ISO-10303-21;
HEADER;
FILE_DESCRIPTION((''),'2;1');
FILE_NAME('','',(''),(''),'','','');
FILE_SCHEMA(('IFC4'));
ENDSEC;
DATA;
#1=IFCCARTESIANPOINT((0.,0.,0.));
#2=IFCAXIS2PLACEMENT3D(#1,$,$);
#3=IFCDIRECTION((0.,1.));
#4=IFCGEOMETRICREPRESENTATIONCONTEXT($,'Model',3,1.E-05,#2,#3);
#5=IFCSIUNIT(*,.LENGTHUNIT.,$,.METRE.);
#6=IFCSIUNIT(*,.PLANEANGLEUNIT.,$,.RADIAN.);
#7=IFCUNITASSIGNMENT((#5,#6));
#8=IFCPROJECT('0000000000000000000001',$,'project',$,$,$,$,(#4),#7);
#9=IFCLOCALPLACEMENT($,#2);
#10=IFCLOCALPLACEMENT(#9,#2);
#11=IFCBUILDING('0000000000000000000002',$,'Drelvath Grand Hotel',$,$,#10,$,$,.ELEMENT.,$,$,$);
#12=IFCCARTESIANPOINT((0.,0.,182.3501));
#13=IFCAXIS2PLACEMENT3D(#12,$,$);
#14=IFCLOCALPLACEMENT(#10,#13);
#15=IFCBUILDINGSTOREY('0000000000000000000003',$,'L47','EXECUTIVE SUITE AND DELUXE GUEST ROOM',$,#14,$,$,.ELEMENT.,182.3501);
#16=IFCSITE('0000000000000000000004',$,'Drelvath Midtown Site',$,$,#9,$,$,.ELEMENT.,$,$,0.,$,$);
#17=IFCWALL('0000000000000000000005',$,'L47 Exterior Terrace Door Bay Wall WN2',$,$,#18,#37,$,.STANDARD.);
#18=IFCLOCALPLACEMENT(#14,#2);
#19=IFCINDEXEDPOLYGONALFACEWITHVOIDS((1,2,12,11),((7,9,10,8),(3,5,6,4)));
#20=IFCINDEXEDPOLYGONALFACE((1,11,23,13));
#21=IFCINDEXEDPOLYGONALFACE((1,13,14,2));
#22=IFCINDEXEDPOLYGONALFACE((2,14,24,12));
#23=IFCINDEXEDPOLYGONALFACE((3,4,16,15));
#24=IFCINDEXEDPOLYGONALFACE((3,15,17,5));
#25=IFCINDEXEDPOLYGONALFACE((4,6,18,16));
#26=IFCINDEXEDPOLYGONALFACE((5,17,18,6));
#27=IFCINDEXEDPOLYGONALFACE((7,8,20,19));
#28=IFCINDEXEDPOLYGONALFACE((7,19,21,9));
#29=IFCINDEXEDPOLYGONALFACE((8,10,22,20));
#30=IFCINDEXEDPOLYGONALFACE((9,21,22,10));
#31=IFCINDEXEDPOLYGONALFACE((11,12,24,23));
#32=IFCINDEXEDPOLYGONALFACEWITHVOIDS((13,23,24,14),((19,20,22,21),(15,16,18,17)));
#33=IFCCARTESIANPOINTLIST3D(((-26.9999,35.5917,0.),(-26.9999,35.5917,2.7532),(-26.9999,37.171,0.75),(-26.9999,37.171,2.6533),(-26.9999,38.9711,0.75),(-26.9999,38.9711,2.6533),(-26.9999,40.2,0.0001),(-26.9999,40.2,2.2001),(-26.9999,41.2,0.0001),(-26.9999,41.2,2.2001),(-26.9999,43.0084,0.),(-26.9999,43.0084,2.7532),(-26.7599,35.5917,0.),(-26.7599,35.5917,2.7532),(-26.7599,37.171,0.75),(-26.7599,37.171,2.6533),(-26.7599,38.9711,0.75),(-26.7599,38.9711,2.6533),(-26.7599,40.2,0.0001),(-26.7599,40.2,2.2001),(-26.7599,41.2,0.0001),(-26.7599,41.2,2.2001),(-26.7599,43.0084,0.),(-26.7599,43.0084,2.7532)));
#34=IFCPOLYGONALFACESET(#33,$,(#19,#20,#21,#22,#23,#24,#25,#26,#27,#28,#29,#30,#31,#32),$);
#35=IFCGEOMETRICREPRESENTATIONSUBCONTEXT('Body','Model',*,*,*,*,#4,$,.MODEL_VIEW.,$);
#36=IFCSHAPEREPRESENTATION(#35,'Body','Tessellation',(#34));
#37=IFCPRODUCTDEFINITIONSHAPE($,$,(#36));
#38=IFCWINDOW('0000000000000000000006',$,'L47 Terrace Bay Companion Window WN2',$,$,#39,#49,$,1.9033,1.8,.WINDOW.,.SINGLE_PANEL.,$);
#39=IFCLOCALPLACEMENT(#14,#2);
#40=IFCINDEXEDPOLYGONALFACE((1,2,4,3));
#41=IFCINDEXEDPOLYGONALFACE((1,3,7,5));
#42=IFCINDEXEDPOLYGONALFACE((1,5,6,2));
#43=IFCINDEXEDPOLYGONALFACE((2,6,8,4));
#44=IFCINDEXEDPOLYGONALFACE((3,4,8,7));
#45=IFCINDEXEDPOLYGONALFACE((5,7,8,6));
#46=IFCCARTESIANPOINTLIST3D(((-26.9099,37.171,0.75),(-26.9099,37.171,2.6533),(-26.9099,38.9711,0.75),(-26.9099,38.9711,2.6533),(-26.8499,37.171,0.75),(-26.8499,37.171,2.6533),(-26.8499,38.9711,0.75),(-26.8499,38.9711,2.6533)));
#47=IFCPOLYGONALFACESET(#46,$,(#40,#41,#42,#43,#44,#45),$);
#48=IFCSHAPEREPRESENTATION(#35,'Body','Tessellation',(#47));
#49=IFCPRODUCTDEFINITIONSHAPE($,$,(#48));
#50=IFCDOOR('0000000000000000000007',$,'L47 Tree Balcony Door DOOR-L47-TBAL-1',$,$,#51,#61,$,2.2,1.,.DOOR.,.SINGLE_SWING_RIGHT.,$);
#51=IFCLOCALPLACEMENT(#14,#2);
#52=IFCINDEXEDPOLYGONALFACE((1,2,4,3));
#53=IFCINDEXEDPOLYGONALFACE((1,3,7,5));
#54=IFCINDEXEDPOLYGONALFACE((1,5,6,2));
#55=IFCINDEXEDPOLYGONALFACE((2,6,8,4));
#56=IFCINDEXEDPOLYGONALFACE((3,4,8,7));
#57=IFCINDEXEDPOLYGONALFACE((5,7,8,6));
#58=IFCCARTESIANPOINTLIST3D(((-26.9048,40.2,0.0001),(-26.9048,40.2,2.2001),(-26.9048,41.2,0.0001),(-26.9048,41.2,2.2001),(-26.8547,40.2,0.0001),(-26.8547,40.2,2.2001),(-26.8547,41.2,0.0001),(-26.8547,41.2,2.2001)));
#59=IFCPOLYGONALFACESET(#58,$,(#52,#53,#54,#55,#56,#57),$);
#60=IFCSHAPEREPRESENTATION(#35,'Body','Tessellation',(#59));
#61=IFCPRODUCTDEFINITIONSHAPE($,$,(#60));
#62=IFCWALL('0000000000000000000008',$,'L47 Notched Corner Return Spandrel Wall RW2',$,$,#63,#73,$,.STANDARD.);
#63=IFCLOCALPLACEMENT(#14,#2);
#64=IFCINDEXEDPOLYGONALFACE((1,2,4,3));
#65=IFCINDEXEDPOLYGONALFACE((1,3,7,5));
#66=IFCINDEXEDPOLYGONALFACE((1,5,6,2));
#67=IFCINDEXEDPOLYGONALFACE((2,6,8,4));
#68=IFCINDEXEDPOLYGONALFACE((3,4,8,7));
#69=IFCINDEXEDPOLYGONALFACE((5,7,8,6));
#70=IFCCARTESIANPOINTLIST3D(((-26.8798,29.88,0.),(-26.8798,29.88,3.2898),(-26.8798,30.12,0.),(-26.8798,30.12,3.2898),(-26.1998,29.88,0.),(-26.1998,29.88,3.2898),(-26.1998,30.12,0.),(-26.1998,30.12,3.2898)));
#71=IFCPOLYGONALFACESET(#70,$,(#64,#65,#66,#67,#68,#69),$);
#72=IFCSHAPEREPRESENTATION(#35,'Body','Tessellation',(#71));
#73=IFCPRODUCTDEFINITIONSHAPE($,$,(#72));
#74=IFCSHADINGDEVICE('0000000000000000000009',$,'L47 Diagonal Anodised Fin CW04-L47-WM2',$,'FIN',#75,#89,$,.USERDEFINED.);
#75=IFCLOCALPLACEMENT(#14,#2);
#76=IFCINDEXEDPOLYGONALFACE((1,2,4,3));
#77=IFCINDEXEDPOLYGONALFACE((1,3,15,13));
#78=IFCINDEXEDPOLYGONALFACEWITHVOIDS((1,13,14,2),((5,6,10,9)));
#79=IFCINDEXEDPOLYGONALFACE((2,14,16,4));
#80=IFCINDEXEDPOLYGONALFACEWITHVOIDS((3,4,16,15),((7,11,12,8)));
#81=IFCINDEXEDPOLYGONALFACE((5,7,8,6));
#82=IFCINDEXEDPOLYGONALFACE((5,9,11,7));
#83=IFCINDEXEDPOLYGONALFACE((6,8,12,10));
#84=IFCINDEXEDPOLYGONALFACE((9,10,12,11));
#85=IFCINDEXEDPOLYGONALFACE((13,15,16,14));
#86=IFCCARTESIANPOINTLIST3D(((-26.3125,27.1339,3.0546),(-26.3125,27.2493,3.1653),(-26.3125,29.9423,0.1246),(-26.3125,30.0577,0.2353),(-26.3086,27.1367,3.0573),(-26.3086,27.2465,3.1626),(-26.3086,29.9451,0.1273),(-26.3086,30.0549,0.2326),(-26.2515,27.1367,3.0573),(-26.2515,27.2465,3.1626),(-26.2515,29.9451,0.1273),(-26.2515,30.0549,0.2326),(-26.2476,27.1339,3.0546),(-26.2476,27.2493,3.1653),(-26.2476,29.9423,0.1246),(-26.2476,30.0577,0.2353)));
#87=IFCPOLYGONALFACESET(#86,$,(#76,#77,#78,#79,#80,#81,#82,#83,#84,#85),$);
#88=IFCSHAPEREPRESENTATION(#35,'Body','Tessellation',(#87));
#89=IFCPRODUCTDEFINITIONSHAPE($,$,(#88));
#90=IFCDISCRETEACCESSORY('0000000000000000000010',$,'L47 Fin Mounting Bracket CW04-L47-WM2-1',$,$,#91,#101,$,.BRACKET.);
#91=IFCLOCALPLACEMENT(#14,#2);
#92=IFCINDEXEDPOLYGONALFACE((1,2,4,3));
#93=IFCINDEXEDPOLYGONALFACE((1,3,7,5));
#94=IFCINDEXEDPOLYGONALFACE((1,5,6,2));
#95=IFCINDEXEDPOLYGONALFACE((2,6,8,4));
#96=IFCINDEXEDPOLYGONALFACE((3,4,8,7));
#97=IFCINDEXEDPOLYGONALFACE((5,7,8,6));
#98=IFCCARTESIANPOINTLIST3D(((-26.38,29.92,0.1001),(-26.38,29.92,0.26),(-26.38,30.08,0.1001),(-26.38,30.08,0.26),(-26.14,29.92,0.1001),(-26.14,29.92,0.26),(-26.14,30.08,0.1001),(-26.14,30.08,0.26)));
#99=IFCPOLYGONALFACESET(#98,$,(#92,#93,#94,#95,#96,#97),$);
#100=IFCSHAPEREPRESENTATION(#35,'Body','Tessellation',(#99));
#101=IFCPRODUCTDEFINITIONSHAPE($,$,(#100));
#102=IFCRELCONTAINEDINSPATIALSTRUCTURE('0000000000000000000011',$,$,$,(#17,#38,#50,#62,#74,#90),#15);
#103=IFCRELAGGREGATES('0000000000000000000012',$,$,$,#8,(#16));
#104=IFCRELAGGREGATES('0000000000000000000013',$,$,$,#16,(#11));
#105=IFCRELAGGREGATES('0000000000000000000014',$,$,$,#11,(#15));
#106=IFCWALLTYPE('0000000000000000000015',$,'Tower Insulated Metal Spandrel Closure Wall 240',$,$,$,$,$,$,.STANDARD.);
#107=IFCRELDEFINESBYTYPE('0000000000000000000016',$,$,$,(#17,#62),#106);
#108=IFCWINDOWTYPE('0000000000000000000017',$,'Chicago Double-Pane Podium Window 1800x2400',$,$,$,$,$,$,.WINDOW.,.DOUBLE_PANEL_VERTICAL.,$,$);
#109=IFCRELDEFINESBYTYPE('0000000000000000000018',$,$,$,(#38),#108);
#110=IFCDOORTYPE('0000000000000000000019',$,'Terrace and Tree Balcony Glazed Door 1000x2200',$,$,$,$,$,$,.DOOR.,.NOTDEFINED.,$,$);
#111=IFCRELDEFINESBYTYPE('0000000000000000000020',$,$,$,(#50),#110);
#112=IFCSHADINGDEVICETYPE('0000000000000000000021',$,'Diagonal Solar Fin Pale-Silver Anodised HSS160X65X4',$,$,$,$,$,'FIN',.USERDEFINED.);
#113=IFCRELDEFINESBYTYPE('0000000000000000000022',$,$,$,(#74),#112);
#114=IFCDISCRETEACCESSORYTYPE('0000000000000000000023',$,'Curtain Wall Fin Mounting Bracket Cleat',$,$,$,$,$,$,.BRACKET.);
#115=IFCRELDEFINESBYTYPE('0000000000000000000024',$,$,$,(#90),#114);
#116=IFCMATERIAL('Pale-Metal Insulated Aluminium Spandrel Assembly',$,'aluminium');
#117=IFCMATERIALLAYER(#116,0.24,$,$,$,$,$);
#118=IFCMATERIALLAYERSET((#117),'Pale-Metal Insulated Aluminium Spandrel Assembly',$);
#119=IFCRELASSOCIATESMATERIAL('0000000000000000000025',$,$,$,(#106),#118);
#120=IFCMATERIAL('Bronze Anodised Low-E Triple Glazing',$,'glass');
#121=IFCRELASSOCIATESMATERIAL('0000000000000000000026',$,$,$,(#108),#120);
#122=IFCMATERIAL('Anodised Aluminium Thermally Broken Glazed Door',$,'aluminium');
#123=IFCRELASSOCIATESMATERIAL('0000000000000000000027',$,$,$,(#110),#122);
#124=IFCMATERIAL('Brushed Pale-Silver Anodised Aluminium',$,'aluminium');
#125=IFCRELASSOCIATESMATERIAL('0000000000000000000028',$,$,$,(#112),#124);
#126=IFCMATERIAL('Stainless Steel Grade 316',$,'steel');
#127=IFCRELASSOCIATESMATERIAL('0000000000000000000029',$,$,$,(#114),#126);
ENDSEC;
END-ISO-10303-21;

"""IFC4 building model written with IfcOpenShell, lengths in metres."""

from ifc_helpers import new_model, si_unit, direction, frame, frame_2d, origin, origin_2d, place, context, subcontext, project, spatial, rectangle, hollow_rectangle, extrude, material, layer, layer_set, material_profile, profile_set, type_object, element, fill, save


model = new_model("IFC4")

# Units and contexts
model_context = context("Model", 3, precision=1e-05, world=origin(), true_north=direction((0.0, 1.0)))
body_context = subcontext(model_context, "Body", "Model", "MODEL_VIEW")
ifc_project = project(units=[si_unit("LENGTHUNIT", "METRE"), si_unit("PLANEANGLEUNIT", "RADIAN")], contexts=[model_context])

# Site, building, storey
site_placement = place(None, origin())
site = spatial("IfcSite", under=ifc_project, at=site_placement, Name="Drelvath Midtown Site", CompositionType="ELEMENT", RefElevation=0.0)
building_placement = place(site_placement, origin())
building = spatial("IfcBuilding", under=site, at=building_placement, Name="Drelvath Grand Hotel", CompositionType="ELEMENT")
storey_placement = place(building_placement, frame((0.0, 0.0, 182.3501)))
storey = spatial("IfcBuildingStorey", under=building, at=storey_placement, Name="L47", Description="EXECUTIVE SUITE AND DELUXE GUEST ROOM", CompositionType="ELEMENT", Elevation=182.3501)

# Wall, openings, window, door
ifc_material_1 = material(Name="Pale-Metal Insulated Aluminium Spandrel Assembly", Category="aluminium")
ifc_layer_1 = layer(ifc_material_1, 0.24)
ifc_layer_set_1 = layer_set([ifc_layer_1], Name="Pale-Metal Insulated Aluminium Spandrel Assembly")
wall_type_1 = type_object("IfcWallType", Name="Tower Insulated Metal Spandrel Closure Wall 240", PredefinedType="STANDARD", material=ifc_layer_set_1)
wall_1_placement = place(storey_placement, frame((-26.8799, 35.5916, 0.0), z_axis=(0.0, 0.0, 1.0), x_axis=(0.0, 1.0, 0.0)))
wall_1 = element("IfcWall", 1, at=wall_1_placement, inside=storey, type_object=wall_type_1, Name="L47 Exterior Terrace Door Bay Wall WN2", PredefinedType="STANDARD", context=body_context, shape_type="SweptSolid", body=[
    extrude(rectangle(XDim=7.4167, YDim=0.24, at=frame_2d((3.7085, 0.0))), origin(), (0.0, 0.0, 1.0), 2.7532),
])
opening_1_placement = place(wall_1_placement, frame((4.6084, 0.0, 0.0)))
opening_1 = element("IfcOpeningElement", 2, at=opening_1_placement, cuts=wall_1, PredefinedType="OPENING", context=body_context, shape_type="SweptSolid", body=[
    extrude(rectangle(XDim=1.0, YDim=2.2, at=frame_2d((0.5, 1.1001))), frame((0.0, 0.1299, 0.0), z_axis=(0.0, -1.0, 0.0), x_axis=(1.0, 0.0, 0.0)), (0.0, 0.0, 1.0), 0.26),
])
opening_2_placement = place(wall_1_placement, frame((1.5796, 0.0, 0.75)))
opening_2 = element("IfcOpeningElement", 3, at=opening_2_placement, cuts=wall_1, PredefinedType="OPENING", context=body_context, shape_type="SweptSolid", body=[
    extrude(rectangle(XDim=1.8, YDim=1.9033, at=frame_2d((0.8999, 0.9517))), frame((0.0, 0.1299, 0.0), z_axis=(0.0, -1.0, 0.0), x_axis=(1.0, 0.0, 0.0)), (0.0, 0.0, 1.0), 0.26),
])
ifc_material_2 = material(Name="Bronze Anodised Low-E Triple Glazing", Category="glass")
window_type = type_object("IfcWindowType", Name="Chicago Double-Pane Podium Window 1800x2400", PartitioningType="DOUBLE_PANEL_VERTICAL", PredefinedType="WINDOW", material=ifc_material_2)
window_placement = place(opening_2_placement, origin())
window = element("IfcWindow", 4, at=window_placement, inside=storey, type_object=window_type, Name="L47 Terrace Bay Companion Window WN2", OverallHeight=1.9033, OverallWidth=1.8, PartitioningType="SINGLE_PANEL", PredefinedType="WINDOW", context=body_context, shape_type="SweptSolid", body=[
    extrude(rectangle(XDim=1.8, YDim=1.9033, at=frame_2d((0.8999, 0.9517))), frame((0.0, 0.03, 0.0), z_axis=(0.0, -1.0, 0.0), x_axis=(1.0, 0.0, 0.0)), (0.0, 0.0, 1.0), 0.0601),
])
fill(opening_2, window)
ifc_material_3 = material(Name="Anodised Aluminium Thermally Broken Glazed Door", Category="aluminium")
door_type = type_object("IfcDoorType", Name="Terrace and Tree Balcony Glazed Door 1000x2200", OperationType="NOTDEFINED", PredefinedType="DOOR", material=ifc_material_3)
door_placement = place(opening_1_placement, origin())
door = element("IfcDoor", 5, at=door_placement, inside=storey, type_object=door_type, Name="L47 Tree Balcony Door DOOR-L47-TBAL-1", OperationType="SINGLE_SWING_RIGHT", OverallHeight=2.2, OverallWidth=1.0, PredefinedType="DOOR", context=body_context, shape_type="SweptSolid", body=[
    extrude(rectangle(XDim=1.0, YDim=2.2, at=frame_2d((0.5, 1.1001))), frame((0.0, 0.0249, 0.0), z_axis=(0.0, -1.0, 0.0), x_axis=(1.0, 0.0, 0.0)), (0.0, 0.0, 1.0), 0.05),
])
fill(opening_1, door)

# Wall
wall_2_placement = place(storey_placement, frame((-26.2, 30.0, 0.0), z_axis=(0.0, 0.0, 1.0), x_axis=(-1.0, 0.0, 0.0)))
element("IfcWall", 6, at=wall_2_placement, inside=storey, type_object=wall_type_1, Name="L47 Notched Corner Return Spandrel Wall RW2", PredefinedType="STANDARD", context=body_context, shape_type="SweptSolid", body=[
    extrude(rectangle(XDim=0.6799, YDim=0.24, at=frame_2d((0.3398, 0.0))), origin(), (0.0, 0.0, 1.0), 3.2898),
])

# Shading device
ifc_material_4 = material(Name="Brushed Pale-Silver Anodised Aluminium", Category="aluminium")
ifc_material_profile_1 = material_profile(ifc_material_4, hollow_rectangle(XDim=0.0649, YDim=0.1599, WallThickness=0.0039, at=origin_2d()), Name="HSS160X65X4")
ifc_profile_set_1 = profile_set([ifc_material_profile_1], Name="Brushed Pale-Silver Anodised Aluminium")
shading_device_type = type_object("IfcShadingDeviceType", Name="Diagonal Solar Fin Pale-Silver Anodised HSS160X65X4", ElementType="FIN", PredefinedType="USERDEFINED", material=ifc_profile_set_1)
shading_device_placement = place(storey_placement, frame((-26.28, 30.0, 0.1799), z_axis=(0.0, -0.691969, 0.721927), x_axis=(1.0, 0.0, 0.0)))
element("IfcShadingDevice", 7, at=shading_device_placement, inside=storey, type_object=shading_device_type, Name="L47 Diagonal Anodised Fin CW04-L47-WM2", ObjectType="FIN", PredefinedType="USERDEFINED", context=body_context, shape_type="SweptSolid", body=[
    extrude(hollow_rectangle(XDim=0.0649, YDim=0.1599, WallThickness=0.0039, at=origin_2d()), origin(), (0.0, 0.0, 1.0), 4.0586),
])

# Discrete accessory
ifc_material_5 = material(Name="Stainless Steel Grade 316", Category="steel")
discrete_accessory_type = type_object("IfcDiscreteAccessoryType", Name="Curtain Wall Fin Mounting Bracket Cleat", PredefinedType="BRACKET", material=ifc_material_5)
discrete_accessory_placement = place(storey_placement, frame((-26.26, 30.0, 0.1001), z_axis=(0.0, 0.0, 1.0), x_axis=(0.0, 1.0, 0.0)))
element("IfcDiscreteAccessory", 8, at=discrete_accessory_placement, inside=storey, type_object=discrete_accessory_type, Name="L47 Fin Mounting Bracket CW04-L47-WM2-1", PredefinedType="BRACKET", context=body_context, shape_type="SweptSolid", body=[
    extrude(rectangle(XDim=0.1599, YDim=0.24, at=origin_2d()), origin(), (0.0, 0.0, 1.0), 0.1599),
])

save(model, "model.ifc")
